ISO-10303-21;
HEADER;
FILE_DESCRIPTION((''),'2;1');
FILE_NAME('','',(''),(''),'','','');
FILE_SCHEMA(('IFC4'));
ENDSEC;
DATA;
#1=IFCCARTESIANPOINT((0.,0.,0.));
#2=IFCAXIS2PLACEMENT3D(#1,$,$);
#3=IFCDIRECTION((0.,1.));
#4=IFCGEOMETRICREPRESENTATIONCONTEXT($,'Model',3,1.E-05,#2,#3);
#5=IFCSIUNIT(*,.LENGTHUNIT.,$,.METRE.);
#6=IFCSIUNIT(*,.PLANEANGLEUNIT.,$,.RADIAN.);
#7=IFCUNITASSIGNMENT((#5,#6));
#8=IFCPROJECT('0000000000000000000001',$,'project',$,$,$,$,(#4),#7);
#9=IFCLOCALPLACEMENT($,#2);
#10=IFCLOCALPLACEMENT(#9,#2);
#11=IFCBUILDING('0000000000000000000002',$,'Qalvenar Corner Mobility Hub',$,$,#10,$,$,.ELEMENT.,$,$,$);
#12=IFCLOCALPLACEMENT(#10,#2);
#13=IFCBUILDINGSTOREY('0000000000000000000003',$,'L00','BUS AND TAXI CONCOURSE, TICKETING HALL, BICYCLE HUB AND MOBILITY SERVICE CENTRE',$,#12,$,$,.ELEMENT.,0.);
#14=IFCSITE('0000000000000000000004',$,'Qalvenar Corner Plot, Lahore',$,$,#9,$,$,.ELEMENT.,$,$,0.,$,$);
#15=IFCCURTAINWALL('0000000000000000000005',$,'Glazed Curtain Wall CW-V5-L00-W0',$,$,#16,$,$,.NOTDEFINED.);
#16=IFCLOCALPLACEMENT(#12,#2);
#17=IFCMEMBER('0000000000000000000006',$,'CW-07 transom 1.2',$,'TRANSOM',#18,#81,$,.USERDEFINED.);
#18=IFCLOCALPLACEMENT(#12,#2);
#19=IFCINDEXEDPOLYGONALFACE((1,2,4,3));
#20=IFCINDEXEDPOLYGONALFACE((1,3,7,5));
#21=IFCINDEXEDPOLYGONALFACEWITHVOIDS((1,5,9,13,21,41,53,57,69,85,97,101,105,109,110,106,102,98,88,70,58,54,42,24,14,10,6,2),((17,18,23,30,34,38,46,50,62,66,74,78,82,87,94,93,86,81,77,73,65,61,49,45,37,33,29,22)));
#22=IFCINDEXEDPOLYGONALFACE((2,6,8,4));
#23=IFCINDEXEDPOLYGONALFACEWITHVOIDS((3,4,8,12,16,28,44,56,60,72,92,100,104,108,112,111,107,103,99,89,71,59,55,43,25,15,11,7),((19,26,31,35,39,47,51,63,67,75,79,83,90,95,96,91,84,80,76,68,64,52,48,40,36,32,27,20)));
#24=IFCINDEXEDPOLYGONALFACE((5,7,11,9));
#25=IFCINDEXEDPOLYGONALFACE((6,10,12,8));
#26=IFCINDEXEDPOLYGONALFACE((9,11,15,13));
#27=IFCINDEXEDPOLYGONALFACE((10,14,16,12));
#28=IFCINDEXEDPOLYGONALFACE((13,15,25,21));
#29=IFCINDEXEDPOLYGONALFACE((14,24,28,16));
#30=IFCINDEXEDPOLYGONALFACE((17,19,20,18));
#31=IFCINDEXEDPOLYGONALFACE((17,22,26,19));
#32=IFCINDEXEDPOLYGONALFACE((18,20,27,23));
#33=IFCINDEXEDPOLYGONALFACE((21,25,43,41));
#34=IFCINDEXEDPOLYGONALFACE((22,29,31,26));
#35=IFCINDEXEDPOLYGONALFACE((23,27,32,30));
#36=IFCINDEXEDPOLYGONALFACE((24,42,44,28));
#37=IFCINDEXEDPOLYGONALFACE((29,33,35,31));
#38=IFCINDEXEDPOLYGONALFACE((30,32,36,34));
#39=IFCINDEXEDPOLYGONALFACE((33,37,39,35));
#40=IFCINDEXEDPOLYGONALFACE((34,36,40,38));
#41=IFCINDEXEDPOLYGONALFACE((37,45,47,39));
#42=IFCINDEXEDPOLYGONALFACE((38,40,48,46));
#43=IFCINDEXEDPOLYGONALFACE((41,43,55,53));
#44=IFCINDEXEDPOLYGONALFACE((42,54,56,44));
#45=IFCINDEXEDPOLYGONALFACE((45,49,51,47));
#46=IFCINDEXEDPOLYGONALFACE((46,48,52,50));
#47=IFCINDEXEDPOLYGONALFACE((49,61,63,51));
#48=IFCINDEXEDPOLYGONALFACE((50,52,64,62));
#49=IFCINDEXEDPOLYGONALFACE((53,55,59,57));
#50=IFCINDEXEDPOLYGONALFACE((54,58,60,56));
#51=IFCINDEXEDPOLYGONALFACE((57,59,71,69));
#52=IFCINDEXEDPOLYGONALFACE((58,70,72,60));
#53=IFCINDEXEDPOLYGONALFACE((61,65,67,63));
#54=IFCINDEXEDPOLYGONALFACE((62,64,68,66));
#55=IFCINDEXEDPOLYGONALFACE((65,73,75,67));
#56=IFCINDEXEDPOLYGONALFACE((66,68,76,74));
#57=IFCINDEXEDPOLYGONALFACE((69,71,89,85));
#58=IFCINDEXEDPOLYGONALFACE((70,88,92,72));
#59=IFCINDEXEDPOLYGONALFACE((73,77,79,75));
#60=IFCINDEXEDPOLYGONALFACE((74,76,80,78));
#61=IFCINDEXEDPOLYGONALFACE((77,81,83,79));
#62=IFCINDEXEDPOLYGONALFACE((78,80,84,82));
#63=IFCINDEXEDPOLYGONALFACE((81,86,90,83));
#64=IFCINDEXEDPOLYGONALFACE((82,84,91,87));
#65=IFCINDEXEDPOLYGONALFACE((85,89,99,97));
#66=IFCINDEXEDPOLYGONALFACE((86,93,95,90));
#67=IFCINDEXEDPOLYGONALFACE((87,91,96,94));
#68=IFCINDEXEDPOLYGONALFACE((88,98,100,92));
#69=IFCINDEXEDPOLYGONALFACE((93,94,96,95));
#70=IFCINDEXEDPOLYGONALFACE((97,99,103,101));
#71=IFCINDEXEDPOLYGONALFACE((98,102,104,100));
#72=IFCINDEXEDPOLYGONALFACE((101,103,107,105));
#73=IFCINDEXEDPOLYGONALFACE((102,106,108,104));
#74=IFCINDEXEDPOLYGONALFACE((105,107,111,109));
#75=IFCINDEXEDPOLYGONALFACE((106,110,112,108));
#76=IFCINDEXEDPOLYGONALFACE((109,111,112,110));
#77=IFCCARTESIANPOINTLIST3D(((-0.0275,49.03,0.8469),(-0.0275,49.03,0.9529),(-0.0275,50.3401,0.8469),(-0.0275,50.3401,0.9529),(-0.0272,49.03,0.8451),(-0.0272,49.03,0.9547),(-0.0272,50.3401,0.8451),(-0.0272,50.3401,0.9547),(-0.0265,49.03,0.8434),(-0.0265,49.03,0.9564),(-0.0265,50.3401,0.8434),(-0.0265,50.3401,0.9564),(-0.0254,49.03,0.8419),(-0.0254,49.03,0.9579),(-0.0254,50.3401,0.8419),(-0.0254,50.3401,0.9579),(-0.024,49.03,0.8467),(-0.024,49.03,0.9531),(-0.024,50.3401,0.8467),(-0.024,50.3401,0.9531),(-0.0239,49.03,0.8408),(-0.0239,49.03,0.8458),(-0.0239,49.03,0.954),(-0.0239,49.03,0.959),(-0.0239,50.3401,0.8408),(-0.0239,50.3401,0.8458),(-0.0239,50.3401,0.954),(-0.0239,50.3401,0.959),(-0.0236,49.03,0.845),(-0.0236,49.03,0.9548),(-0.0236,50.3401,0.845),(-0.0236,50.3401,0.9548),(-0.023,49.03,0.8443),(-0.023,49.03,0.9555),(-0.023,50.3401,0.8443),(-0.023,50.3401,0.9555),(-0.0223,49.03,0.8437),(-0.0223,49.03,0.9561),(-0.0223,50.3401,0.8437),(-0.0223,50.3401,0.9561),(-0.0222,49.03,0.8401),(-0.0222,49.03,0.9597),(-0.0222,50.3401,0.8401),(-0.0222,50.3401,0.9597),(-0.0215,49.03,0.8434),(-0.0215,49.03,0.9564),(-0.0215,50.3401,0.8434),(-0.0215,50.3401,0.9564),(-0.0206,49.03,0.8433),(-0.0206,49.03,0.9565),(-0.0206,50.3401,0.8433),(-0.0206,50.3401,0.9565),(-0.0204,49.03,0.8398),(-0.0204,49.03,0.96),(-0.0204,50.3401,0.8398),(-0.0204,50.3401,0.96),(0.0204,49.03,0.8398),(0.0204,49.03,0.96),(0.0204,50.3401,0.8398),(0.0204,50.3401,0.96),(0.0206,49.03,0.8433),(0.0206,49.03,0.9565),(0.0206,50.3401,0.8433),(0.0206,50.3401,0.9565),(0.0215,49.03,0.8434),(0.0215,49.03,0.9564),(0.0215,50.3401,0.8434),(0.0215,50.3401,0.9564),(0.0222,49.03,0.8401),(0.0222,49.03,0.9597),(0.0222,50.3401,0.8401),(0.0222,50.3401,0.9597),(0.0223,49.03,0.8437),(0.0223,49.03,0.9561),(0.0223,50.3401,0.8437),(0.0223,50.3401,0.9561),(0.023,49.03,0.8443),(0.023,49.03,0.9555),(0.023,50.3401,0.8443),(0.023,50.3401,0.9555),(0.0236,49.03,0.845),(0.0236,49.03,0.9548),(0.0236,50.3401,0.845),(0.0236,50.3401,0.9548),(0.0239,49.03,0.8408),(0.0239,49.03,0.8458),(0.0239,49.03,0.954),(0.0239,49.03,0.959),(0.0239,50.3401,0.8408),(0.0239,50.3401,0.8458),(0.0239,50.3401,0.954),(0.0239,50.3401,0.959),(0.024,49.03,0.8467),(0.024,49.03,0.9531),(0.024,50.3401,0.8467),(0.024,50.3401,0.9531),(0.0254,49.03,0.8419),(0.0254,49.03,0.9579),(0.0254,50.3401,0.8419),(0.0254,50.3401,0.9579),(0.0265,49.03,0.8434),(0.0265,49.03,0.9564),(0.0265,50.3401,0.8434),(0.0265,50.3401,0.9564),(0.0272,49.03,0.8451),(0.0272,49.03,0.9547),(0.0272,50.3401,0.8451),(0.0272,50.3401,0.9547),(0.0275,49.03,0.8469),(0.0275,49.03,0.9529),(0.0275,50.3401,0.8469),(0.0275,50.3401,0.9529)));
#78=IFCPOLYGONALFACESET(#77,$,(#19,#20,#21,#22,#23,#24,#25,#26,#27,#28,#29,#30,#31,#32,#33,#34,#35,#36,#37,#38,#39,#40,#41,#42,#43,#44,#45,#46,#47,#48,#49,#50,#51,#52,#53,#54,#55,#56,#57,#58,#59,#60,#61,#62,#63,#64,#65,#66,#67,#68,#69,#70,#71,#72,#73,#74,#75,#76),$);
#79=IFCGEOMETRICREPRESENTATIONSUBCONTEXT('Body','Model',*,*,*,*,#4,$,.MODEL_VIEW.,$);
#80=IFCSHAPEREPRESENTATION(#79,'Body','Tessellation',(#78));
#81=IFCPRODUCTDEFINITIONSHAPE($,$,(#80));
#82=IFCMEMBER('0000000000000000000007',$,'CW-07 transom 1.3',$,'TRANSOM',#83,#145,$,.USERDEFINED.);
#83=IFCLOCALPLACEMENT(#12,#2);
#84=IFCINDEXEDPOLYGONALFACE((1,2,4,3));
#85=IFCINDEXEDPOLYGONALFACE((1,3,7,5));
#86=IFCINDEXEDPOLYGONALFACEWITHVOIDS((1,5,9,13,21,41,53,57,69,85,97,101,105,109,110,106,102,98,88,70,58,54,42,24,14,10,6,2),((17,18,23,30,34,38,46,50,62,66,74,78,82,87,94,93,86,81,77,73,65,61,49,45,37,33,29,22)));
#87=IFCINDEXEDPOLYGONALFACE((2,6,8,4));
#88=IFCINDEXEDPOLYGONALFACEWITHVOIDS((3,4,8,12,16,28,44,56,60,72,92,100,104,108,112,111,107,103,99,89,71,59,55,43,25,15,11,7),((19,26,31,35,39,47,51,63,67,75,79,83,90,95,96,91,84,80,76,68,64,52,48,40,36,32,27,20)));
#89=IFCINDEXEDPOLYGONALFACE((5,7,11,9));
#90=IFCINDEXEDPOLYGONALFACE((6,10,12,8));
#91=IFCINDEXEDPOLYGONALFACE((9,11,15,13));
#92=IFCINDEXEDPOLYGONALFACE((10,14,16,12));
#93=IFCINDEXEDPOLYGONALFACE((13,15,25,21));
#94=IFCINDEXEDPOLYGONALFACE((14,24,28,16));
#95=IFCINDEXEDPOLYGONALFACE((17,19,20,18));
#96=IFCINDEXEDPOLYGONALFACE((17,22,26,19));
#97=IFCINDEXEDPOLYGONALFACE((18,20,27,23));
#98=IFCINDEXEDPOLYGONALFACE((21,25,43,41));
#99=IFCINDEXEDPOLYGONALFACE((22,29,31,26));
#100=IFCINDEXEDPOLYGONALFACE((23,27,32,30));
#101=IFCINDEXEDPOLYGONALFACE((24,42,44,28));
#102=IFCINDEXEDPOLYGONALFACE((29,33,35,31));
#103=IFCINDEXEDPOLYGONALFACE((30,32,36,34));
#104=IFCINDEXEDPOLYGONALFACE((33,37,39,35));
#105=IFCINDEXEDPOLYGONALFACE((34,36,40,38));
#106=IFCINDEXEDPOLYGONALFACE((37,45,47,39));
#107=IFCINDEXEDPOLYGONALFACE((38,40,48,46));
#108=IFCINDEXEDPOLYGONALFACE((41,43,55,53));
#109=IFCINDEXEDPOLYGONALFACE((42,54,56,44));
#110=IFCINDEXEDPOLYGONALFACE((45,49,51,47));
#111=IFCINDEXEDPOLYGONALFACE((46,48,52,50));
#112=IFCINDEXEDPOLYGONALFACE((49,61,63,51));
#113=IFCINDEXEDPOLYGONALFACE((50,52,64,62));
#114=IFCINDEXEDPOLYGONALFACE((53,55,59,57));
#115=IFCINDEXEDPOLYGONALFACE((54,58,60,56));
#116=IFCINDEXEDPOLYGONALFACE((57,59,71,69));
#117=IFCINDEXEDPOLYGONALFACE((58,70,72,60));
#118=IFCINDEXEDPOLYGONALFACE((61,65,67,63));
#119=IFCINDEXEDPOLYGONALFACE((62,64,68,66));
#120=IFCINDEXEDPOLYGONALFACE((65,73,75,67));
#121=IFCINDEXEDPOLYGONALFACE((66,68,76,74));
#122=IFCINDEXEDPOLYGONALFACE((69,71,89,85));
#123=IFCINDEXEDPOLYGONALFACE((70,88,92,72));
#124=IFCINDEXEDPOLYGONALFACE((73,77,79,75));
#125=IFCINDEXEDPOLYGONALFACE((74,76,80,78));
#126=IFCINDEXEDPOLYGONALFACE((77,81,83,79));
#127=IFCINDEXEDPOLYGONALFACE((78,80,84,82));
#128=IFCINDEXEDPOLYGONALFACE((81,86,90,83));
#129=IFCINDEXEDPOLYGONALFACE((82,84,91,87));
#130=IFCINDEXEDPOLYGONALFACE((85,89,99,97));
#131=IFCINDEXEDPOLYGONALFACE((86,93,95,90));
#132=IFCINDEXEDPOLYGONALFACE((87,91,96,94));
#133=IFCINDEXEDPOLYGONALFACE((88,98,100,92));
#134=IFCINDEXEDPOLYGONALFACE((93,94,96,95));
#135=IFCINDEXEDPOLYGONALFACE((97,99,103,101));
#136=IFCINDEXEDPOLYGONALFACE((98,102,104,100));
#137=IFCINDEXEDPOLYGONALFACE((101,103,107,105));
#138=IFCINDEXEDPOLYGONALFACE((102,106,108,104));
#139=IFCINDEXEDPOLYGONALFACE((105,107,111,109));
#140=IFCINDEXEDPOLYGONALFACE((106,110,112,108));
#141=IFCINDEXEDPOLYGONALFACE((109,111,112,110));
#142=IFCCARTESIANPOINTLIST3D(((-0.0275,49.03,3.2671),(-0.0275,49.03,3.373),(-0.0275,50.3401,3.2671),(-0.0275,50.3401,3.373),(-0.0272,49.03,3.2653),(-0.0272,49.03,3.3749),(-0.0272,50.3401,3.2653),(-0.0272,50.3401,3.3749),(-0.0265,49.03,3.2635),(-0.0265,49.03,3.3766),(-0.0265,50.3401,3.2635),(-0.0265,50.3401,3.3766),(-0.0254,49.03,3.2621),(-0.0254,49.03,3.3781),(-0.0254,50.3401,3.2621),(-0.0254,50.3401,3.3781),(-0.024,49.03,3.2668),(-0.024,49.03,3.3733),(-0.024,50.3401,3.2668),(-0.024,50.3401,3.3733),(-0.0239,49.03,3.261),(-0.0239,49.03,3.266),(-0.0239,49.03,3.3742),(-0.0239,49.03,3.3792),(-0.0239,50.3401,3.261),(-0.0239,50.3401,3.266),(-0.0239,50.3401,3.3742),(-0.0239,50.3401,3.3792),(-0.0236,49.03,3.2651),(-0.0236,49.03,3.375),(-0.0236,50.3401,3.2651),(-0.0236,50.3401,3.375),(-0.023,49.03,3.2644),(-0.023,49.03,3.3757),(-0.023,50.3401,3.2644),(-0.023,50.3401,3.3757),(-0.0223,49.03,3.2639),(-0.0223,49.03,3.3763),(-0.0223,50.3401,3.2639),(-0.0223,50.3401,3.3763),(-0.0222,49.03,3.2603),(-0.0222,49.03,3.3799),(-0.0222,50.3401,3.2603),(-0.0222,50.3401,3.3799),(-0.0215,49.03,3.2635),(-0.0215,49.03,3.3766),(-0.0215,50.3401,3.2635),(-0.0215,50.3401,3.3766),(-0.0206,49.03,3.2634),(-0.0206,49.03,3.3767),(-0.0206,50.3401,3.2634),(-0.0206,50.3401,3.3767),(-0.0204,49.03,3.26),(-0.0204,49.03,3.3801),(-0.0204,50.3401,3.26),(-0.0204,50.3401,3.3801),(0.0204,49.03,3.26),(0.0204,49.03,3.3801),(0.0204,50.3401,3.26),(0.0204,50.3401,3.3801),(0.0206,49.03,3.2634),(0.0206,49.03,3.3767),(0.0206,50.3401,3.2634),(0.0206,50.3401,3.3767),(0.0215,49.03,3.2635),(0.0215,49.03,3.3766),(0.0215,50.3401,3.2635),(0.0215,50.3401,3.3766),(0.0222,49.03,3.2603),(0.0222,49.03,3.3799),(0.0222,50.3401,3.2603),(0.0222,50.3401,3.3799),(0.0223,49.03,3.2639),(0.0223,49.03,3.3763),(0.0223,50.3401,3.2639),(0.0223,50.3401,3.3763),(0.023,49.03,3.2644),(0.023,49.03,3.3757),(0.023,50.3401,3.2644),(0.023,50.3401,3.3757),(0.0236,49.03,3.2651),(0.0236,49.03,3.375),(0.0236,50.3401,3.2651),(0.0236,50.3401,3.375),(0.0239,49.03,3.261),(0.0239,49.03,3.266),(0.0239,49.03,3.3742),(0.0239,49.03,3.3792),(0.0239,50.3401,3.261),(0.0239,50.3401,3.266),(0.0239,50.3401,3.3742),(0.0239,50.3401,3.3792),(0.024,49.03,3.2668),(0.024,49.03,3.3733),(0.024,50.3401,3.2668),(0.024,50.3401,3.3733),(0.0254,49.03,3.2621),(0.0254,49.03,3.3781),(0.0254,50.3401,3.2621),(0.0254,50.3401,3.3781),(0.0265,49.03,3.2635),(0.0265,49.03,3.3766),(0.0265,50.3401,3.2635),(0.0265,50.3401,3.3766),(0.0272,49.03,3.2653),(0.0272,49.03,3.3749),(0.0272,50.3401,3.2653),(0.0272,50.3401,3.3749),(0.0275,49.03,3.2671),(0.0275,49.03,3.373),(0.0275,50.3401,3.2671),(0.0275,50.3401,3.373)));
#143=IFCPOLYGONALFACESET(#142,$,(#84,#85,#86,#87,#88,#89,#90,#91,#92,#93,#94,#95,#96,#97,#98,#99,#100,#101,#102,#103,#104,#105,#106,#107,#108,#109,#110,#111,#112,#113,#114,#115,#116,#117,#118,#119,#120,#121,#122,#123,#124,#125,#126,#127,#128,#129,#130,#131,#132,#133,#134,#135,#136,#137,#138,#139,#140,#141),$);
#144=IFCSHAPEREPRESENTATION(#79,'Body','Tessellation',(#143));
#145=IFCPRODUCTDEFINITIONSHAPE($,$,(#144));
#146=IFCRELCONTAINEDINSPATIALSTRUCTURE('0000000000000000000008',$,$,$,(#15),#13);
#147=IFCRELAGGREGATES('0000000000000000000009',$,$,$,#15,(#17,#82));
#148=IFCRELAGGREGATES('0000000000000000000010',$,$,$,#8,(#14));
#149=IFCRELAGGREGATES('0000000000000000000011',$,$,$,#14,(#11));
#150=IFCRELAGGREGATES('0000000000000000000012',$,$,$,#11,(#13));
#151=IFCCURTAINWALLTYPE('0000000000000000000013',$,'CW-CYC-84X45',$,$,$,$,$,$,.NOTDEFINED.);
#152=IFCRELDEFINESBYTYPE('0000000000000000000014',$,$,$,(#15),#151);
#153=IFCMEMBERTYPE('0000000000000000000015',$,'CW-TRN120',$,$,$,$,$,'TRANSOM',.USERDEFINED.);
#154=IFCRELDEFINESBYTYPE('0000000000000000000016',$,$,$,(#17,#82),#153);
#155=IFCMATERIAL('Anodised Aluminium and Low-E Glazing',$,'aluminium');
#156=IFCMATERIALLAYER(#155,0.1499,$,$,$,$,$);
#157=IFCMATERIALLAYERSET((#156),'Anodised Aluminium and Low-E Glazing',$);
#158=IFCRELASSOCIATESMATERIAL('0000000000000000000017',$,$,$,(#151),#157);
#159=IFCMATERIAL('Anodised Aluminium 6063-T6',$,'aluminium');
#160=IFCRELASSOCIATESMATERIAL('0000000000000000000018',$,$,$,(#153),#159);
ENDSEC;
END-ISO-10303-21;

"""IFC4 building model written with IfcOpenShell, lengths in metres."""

from ifc_helpers import new_model, si_unit, direction, frame, origin, origin_2d, place, context, subcontext, project, spatial, hollow_rectangle, extrude, material, layer, layer_set, material_profile, profile_set, type_object, element, aggregate, save


model = new_model("IFC4")

# Units and contexts
model_context = context("Model", 3, precision=1e-05, world=origin(), true_north=direction((0.0, 1.0)))
body_context = subcontext(model_context, "Body", "Model", "MODEL_VIEW")
ifc_project = project(units=[si_unit("LENGTHUNIT", "METRE"), si_unit("PLANEANGLEUNIT", "RADIAN")], contexts=[model_context])

# Site, building, storey
site_placement = place(None, origin())
site = spatial("IfcSite", under=ifc_project, at=site_placement, Name="Qalvenar Corner Plot, Lahore", CompositionType="ELEMENT", RefElevation=0.0)
building_placement = place(site_placement, origin())
building = spatial("IfcBuilding", under=site, at=building_placement, Name="Qalvenar Corner Mobility Hub", CompositionType="ELEMENT")
storey_placement = place(building_placement, origin())
storey = spatial("IfcBuildingStorey", under=building, at=storey_placement, Name="L00", Description="BUS AND TAXI CONCOURSE, TICKETING HALL, BICYCLE HUB AND MOBILITY SERVICE CENTRE", CompositionType="ELEMENT", Elevation=0.0)

# Curtain wall
ifc_material_1 = material(Name="Anodised Aluminium and Low-E Glazing", Category="aluminium")
ifc_layer_1 = layer(ifc_material_1, 0.1499)
ifc_layer_set_1 = layer_set([ifc_layer_1], Name="Anodised Aluminium and Low-E Glazing")
curtain_wall_type = type_object("IfcCurtainWallType", Name="CW-CYC-84X45", PredefinedType="NOTDEFINED", material=ifc_layer_set_1)
curtain_wall_1_placement = place(storey_placement, origin())
curtain_wall_1 = element("IfcCurtainWall", 1, at=curtain_wall_1_placement, inside=storey, type_object=curtain_wall_type, Name="Glazed Curtain Wall CW-V5-L00-W0", PredefinedType="NOTDEFINED")
ifc_material_2 = material(Name="Anodised Aluminium 6063-T6", Category="aluminium")

# Members
ifc_material_profile_1 = material_profile(ifc_material_2, hollow_rectangle(XDim=0.0549, YDim=0.1201, WallThickness=0.0034, InnerFilletRadius=0.0034, OuterFilletRadius=0.0071, at=origin_2d()), Name="RHS120x55x3.5")
ifc_profile_set_1 = profile_set([ifc_material_profile_1], Name="Anodised Aluminium 6063-T6")
member_type_1 = type_object("IfcMemberType", Name="CW-TRN120", ElementType="TRANSOM", PredefinedType="USERDEFINED", material=ifc_profile_set_1)
member_1_placement = place(storey_placement, frame((0.0, 50.3401, 0.8999), z_axis=(0.0, -1.0, 0.0), x_axis=(1.0, 0.0, 0.0)))
member_1 = element("IfcMember", 2, at=member_1_placement, type_object=member_type_1, Name="CW-07 transom 1.2", ObjectType="TRANSOM", PredefinedType="USERDEFINED", context=body_context, shape_type="SweptSolid", body=[
    extrude(hollow_rectangle(XDim=0.0549, YDim=0.1201, WallThickness=0.0034, InnerFilletRadius=0.0034, OuterFilletRadius=0.0071, at=origin_2d()), origin(), (0.0, 0.0, 1.0), 1.3101),
])
member_2_placement = place(storey_placement, frame((0.0, 50.3401, 3.3201), z_axis=(0.0, -1.0, 0.0), x_axis=(1.0, 0.0, 0.0)))
member_2 = element("IfcMember", 3, at=member_2_placement, type_object=member_type_1, Name="CW-07 transom 1.3", ObjectType="TRANSOM", PredefinedType="USERDEFINED", context=body_context, shape_type="SweptSolid", body=[
    extrude(hollow_rectangle(XDim=0.0549, YDim=0.1201, WallThickness=0.0034, InnerFilletRadius=0.0034, OuterFilletRadius=0.0071, at=origin_2d()), origin(), (0.0, 0.0, 1.0), 1.3101),
])

aggregate(curtain_wall_1, [member_1, member_2])

save(model, "model.ifc")
